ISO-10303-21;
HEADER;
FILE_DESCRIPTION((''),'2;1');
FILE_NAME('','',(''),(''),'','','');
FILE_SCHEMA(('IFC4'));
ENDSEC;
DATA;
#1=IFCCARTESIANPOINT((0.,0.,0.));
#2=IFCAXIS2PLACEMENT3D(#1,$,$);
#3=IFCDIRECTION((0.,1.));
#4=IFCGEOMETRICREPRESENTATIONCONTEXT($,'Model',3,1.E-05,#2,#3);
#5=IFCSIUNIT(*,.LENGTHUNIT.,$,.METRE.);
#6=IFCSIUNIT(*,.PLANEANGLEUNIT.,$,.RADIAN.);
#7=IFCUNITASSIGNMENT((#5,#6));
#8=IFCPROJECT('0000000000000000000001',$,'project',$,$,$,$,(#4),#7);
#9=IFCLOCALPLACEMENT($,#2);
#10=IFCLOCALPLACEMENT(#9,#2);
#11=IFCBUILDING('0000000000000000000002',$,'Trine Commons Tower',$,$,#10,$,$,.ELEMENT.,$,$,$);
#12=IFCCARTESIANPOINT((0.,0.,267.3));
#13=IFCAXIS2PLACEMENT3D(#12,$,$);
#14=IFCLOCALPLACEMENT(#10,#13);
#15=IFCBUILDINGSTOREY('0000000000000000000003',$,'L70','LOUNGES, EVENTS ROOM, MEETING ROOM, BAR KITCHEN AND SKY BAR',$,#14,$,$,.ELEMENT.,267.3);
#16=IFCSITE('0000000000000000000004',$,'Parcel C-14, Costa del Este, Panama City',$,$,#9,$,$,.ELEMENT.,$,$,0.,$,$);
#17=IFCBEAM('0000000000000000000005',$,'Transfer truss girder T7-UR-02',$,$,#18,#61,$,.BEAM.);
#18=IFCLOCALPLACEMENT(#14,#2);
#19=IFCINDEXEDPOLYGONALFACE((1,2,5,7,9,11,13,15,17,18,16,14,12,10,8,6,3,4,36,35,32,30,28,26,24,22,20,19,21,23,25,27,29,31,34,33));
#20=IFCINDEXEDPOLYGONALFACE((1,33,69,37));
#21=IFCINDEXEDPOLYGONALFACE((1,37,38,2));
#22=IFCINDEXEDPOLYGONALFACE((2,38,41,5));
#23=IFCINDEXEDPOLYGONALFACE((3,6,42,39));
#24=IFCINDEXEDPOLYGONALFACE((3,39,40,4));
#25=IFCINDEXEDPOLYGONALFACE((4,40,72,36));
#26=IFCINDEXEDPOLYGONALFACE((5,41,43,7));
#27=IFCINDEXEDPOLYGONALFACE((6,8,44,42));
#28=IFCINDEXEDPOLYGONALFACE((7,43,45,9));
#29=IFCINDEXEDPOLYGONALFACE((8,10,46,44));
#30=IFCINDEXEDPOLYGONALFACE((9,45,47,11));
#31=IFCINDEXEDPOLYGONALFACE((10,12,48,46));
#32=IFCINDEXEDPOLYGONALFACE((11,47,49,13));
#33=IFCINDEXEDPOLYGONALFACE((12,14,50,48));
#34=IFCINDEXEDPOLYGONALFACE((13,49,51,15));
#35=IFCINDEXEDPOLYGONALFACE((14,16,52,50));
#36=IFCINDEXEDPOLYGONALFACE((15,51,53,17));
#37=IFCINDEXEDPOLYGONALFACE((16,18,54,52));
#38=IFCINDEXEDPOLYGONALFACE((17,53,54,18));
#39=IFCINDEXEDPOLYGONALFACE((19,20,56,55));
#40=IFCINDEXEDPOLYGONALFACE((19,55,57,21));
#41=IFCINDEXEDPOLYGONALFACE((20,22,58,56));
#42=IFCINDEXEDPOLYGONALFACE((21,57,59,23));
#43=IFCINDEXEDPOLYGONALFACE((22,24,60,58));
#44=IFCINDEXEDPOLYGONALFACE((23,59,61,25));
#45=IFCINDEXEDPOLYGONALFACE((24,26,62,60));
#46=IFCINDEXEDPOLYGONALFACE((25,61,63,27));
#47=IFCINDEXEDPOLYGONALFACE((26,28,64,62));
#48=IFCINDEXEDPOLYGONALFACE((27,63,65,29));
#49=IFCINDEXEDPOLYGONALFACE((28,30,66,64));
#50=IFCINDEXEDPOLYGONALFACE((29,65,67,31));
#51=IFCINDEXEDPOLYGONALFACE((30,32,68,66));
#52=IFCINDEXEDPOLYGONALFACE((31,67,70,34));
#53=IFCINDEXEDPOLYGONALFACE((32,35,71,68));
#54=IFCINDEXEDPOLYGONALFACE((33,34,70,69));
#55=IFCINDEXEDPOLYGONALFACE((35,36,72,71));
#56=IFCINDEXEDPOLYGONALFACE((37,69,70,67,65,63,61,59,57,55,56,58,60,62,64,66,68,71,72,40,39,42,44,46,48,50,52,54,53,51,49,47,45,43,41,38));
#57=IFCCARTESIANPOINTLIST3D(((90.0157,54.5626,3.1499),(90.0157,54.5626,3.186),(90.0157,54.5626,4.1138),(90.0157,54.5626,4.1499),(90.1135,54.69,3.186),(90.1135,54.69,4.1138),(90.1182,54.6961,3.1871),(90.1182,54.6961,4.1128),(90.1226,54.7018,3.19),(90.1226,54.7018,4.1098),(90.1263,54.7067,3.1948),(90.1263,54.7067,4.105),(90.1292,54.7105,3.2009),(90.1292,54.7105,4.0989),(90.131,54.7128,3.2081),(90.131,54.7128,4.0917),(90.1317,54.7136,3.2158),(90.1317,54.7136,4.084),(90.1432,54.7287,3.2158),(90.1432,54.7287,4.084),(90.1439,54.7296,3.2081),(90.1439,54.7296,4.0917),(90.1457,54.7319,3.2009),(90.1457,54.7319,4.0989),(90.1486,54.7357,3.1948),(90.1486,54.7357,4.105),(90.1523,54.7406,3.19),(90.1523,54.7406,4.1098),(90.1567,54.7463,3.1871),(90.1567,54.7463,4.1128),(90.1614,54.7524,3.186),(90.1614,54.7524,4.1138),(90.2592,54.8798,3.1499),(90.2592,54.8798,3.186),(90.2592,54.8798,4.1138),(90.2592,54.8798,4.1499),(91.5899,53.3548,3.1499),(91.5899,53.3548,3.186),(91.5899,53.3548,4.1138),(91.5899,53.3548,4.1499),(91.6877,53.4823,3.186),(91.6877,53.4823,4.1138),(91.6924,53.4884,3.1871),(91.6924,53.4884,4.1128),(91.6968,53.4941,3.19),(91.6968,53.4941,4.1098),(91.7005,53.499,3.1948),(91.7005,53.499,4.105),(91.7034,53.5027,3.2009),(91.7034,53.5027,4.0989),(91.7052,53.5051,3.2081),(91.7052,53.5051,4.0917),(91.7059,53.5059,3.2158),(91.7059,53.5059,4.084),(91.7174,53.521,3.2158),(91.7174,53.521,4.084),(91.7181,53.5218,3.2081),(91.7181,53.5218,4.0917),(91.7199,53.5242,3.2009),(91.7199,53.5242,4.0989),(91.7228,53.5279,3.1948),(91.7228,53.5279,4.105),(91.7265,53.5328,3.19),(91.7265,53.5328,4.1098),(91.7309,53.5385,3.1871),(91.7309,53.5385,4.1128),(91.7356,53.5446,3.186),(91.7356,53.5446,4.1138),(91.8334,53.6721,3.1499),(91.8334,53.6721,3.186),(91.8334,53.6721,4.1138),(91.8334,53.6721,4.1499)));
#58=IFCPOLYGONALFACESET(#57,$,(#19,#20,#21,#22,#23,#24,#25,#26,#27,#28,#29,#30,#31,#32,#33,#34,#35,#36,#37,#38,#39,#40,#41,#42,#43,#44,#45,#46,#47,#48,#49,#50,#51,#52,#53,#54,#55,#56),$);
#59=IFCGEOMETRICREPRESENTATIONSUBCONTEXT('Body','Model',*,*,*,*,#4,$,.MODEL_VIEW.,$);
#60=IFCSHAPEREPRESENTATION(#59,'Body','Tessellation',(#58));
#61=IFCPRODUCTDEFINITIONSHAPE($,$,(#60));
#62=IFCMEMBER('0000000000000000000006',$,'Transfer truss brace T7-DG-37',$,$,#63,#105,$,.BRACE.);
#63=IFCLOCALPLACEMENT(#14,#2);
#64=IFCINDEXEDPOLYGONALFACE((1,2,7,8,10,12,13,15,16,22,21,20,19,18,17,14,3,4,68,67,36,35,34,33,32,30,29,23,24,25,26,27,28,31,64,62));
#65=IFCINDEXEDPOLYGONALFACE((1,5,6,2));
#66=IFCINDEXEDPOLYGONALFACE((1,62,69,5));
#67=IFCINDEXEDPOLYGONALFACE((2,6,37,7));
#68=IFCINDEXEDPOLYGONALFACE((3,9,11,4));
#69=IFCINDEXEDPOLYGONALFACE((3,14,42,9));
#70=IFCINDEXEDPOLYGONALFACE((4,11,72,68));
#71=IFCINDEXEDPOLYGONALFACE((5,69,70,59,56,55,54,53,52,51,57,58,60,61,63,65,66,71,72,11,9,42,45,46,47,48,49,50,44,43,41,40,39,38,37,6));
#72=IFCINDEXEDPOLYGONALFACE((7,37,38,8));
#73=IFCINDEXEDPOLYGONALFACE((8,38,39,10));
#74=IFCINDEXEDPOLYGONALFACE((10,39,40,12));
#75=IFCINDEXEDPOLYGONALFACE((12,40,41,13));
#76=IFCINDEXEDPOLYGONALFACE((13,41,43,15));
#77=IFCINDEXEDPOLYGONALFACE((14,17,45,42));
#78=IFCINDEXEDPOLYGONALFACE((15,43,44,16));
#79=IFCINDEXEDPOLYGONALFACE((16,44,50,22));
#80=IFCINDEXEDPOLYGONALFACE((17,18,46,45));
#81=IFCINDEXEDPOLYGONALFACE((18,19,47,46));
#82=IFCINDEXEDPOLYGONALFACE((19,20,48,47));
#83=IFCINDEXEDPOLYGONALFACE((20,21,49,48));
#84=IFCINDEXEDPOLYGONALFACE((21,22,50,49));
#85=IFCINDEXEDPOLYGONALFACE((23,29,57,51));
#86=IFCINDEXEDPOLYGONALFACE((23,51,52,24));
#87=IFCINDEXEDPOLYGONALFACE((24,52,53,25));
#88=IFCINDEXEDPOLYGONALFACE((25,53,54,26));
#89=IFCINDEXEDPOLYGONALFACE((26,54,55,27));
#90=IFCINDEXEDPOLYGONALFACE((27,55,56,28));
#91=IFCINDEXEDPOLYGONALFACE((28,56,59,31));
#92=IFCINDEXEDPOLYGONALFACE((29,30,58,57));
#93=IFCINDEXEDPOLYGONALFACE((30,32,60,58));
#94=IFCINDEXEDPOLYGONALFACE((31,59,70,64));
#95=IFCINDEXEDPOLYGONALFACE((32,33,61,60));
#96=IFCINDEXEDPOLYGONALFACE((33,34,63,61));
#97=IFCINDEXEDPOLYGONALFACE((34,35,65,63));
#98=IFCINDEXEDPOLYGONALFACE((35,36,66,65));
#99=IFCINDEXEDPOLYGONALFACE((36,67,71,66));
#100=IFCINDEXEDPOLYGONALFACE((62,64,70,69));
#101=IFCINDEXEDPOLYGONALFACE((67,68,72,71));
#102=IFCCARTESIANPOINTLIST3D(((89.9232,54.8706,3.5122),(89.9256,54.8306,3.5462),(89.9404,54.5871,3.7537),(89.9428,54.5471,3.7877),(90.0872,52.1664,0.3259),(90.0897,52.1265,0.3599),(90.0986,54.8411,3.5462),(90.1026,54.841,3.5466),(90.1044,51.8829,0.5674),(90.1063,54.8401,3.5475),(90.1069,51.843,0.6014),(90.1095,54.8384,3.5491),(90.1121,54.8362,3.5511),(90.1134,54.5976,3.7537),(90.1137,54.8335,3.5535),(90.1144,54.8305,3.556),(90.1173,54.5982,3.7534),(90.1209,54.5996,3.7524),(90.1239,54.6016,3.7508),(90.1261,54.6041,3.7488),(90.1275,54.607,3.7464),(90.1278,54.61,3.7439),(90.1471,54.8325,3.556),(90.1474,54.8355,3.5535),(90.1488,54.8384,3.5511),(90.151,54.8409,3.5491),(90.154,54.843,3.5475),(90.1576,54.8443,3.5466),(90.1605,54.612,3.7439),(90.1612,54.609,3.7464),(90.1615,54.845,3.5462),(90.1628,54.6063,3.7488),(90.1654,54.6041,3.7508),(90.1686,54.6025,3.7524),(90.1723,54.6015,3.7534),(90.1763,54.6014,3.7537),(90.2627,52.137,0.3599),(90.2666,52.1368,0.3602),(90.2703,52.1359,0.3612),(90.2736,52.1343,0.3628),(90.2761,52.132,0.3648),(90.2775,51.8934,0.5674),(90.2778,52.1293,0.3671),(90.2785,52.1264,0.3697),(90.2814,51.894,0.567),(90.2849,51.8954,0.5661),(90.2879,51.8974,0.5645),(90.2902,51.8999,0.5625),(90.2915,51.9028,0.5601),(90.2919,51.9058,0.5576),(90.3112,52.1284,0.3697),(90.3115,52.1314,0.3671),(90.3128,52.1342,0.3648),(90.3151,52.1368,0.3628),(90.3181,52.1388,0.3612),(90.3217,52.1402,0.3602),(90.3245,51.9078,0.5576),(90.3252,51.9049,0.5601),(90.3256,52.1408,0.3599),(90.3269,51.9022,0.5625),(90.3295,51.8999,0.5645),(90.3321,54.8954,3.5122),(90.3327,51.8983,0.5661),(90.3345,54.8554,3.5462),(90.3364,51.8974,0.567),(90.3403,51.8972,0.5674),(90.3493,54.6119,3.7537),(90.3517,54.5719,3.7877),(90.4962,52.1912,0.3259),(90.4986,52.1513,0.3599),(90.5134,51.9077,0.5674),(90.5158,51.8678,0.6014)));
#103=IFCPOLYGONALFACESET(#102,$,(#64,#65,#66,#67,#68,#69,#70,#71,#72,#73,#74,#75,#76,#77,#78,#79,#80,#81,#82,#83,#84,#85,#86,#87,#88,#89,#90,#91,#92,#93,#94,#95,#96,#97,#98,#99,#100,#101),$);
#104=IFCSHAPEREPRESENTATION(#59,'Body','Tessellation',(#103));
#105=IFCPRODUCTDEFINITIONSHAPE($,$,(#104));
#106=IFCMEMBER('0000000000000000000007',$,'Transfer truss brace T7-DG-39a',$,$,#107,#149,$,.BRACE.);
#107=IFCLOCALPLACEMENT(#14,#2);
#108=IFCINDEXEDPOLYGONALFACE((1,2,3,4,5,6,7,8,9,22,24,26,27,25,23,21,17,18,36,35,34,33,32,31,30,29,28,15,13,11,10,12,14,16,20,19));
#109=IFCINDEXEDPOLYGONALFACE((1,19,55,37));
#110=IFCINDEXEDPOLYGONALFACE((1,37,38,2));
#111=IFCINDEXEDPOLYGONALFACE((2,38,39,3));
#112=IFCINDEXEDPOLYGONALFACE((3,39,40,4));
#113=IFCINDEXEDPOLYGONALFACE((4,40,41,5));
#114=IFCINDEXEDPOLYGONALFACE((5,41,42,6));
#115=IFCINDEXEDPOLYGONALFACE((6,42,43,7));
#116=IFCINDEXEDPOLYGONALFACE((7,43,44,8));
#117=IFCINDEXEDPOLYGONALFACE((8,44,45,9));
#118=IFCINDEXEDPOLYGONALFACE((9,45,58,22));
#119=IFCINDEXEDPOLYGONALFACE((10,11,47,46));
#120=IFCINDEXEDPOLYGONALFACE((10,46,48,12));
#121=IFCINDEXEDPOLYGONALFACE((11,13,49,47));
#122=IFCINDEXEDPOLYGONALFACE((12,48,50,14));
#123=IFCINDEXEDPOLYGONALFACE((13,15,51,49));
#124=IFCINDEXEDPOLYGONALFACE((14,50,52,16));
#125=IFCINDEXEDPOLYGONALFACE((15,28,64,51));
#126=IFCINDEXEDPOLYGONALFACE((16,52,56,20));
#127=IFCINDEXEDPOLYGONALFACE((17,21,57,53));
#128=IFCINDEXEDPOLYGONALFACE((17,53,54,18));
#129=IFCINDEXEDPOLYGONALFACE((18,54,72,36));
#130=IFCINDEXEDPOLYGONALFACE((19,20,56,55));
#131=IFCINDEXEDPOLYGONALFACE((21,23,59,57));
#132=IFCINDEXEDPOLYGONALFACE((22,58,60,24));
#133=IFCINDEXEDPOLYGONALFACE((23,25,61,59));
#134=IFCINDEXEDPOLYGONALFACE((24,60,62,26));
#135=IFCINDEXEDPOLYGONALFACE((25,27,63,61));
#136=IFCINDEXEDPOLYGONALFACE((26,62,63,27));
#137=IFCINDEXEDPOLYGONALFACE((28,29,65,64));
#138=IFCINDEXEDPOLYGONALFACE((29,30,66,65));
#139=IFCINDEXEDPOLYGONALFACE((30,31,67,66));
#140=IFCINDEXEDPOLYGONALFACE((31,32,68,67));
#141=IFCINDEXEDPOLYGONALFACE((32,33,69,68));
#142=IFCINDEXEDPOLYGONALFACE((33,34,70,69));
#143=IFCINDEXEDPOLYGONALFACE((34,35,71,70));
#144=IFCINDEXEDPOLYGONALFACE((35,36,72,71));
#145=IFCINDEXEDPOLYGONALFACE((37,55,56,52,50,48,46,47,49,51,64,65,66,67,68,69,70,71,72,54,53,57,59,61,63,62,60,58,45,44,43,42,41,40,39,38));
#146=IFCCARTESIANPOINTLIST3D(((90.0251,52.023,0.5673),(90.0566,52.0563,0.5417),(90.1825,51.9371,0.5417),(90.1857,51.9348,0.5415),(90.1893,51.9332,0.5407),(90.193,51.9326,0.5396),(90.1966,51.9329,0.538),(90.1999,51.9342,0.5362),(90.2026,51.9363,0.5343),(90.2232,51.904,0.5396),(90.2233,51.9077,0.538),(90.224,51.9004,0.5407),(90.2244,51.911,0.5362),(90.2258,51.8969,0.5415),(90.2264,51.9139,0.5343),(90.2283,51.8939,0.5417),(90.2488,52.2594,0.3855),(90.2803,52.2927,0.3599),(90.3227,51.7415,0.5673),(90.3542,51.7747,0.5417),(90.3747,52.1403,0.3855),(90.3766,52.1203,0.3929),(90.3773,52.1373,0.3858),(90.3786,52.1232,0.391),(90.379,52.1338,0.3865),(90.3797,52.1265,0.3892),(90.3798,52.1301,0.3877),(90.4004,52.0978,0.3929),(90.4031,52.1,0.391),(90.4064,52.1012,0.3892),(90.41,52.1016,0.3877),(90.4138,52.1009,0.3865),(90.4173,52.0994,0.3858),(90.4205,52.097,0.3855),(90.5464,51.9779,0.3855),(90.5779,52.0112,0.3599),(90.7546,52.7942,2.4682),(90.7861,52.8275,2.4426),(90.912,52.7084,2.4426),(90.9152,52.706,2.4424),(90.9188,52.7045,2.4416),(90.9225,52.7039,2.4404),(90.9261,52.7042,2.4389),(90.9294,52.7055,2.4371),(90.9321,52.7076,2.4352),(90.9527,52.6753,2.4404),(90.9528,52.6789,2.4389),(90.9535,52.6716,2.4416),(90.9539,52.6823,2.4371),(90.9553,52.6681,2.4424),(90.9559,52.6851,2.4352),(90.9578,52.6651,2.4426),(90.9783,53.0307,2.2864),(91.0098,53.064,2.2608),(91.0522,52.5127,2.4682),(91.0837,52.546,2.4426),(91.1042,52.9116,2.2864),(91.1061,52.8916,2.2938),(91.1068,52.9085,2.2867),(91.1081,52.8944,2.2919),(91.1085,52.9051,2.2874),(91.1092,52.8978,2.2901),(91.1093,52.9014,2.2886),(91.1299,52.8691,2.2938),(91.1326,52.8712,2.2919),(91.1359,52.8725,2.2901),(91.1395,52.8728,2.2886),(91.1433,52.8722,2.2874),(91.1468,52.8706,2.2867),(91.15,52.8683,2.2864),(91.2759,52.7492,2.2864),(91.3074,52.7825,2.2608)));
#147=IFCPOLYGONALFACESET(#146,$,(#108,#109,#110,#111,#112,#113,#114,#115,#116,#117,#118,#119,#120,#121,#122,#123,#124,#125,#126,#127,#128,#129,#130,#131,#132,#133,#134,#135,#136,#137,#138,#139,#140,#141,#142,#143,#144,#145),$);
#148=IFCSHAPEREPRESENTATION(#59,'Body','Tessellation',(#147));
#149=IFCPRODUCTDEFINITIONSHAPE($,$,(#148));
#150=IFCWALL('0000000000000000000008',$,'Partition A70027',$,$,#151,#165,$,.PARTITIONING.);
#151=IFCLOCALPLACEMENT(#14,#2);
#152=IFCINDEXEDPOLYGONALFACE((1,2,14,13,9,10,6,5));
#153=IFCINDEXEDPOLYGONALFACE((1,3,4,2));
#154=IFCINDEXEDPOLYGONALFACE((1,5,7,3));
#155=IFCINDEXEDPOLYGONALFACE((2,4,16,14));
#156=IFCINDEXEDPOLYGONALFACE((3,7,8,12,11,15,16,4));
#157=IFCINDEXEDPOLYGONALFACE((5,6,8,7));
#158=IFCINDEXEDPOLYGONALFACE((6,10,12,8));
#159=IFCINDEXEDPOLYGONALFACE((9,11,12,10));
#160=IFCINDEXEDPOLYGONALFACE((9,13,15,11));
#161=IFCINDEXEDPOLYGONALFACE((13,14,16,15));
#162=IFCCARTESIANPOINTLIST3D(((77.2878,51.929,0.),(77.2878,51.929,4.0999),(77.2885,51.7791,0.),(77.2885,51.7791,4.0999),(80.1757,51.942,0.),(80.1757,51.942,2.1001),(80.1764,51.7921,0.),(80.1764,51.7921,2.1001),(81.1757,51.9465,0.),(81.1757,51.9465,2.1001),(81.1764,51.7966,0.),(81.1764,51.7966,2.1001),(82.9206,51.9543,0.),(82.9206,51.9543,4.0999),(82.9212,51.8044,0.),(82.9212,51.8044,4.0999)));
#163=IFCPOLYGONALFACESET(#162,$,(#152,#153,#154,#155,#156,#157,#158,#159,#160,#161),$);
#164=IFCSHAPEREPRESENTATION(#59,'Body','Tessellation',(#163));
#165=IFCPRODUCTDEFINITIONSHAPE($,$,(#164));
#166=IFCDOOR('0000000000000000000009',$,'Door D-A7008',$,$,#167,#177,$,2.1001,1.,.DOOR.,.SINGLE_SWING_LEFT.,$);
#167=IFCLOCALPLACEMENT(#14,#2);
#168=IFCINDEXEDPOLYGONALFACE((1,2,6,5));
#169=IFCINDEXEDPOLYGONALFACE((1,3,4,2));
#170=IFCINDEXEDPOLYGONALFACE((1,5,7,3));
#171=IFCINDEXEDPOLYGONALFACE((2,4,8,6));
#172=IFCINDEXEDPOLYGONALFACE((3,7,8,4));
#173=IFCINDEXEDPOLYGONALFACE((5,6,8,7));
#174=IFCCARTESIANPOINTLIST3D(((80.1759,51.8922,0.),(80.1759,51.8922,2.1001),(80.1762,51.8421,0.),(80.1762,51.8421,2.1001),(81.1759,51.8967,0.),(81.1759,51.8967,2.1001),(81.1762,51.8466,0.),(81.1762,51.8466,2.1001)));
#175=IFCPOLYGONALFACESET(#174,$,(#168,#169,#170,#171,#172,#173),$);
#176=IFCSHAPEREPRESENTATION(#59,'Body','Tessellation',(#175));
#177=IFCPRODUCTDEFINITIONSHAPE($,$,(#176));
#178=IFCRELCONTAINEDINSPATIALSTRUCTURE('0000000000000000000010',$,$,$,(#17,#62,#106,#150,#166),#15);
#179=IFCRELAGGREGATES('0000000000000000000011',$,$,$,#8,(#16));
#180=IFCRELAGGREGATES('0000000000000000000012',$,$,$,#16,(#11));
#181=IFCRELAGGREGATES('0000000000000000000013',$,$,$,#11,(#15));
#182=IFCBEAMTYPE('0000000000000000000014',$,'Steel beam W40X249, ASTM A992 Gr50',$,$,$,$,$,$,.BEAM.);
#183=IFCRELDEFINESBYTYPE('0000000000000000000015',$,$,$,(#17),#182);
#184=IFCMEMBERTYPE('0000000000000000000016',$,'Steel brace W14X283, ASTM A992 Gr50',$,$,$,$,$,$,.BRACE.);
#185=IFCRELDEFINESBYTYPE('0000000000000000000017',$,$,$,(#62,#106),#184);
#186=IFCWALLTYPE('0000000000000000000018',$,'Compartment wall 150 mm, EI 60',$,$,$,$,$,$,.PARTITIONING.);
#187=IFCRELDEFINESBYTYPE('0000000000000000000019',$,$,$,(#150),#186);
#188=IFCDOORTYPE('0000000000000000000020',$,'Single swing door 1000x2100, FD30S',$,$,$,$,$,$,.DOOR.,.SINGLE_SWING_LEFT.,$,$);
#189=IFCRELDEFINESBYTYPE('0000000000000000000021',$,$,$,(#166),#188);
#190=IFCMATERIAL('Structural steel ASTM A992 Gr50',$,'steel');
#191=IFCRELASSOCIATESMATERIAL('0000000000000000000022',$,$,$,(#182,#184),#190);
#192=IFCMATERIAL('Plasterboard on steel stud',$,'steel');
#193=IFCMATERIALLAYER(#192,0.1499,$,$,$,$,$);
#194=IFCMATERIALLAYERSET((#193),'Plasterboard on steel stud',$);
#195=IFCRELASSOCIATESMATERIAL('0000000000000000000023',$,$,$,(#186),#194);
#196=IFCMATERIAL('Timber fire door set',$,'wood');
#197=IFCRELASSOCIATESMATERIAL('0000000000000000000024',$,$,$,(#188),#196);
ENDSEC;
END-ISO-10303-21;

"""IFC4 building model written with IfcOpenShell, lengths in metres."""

from ifc_helpers import new_model, si_unit, direction, frame, frame_2d, origin, origin_2d, place, context, subcontext, project, spatial, rectangle, i_section, extrude, material, layer, layer_set, material_profile, profile_set, type_object, element, fill, save


model = new_model("IFC4")

# Units and contexts
model_context = context("Model", 3, precision=1e-05, world=origin(), true_north=direction((0.0, 1.0)))
body_context = subcontext(model_context, "Body", "Model", "MODEL_VIEW")
ifc_project = project(units=[si_unit("LENGTHUNIT", "METRE"), si_unit("PLANEANGLEUNIT", "RADIAN")], contexts=[model_context])

# Site, building, storey
site_placement = place(None, origin())
site = spatial("IfcSite", under=ifc_project, at=site_placement, Name="Parcel C-14, Costa del Este, Panama City", CompositionType="ELEMENT", RefElevation=0.0)
building_placement = place(site_placement, origin())
building = spatial("IfcBuilding", under=site, at=building_placement, Name="Trine Commons Tower", CompositionType="ELEMENT")
storey_placement = place(building_placement, frame((0.0, 0.0, 267.3)))
storey = spatial("IfcBuildingStorey", under=building, at=storey_placement, Name="L70", Description="LOUNGES, EVENTS ROOM, MEETING ROOM, BAR KITCHEN AND SKY BAR", CompositionType="ELEMENT", Elevation=267.3)

# Beam
ifc_material_1 = material(Name="Structural steel ASTM A992 Gr50", Category="steel")
ifc_material_profile_1 = material_profile(ifc_material_1, i_section(OverallWidth=0.3999, OverallDepth=1.0, WebThickness=0.019, FlangeThickness=0.0361, FilletRadius=0.0298, at=origin_2d()), Name="W40X249")
ifc_profile_set_1 = profile_set([ifc_material_profile_1], Name="Structural steel ASTM A992 Gr50")
beam_type = type_object("IfcBeamType", Name="Steel beam W40X249, ASTM A992 Gr50", PredefinedType="BEAM", material=ifc_profile_set_1)
beam_placement = place(storey_placement, frame((90.1375, 54.7212, 3.6499), z_axis=(0.793396, -0.608705, 0.0), x_axis=(0.608705, 0.793396, 0.0)))
element("IfcBeam", 1, at=beam_placement, inside=storey, type_object=beam_type, Name="Transfer truss girder T7-UR-02", PredefinedType="BEAM", context=body_context, shape_type="SweptSolid", body=[
    extrude(i_section(OverallWidth=0.3999, OverallDepth=1.0, WebThickness=0.019, FlangeThickness=0.0361, FilletRadius=0.0298, at=origin_2d()), origin(), (0.0, 0.0, 1.0), 1.9841),
])

# Members
ifc_material_profile_2 = material_profile(ifc_material_1, i_section(OverallWidth=0.4097, OverallDepth=0.4253, WebThickness=0.0327, FlangeThickness=0.0525, FilletRadius=0.0151, at=origin_2d()), Name="W14X283")
ifc_profile_set_2 = profile_set([ifc_material_profile_2], Name="Structural steel ASTM A992 Gr50")
member_type = type_object("IfcMemberType", Name="Steel brace W14X283, ASTM A992 Gr50", PredefinedType="BRACE", material=ifc_profile_set_2)
member_1_placement = place(storey_placement, frame((90.3015, 52.0171, 0.4636), z_axis=(-0.039228, 0.646562, 0.761852), x_axis=(-0.998165, -0.06056, 0.0)))
element("IfcMember", 2, at=member_1_placement, inside=storey, type_object=member_type, Name="Transfer truss brace T7-DG-37", PredefinedType="BRACE", context=body_context, shape_type="SweptSolid", body=[
    extrude(i_section(OverallWidth=0.4097, OverallDepth=0.4253, WebThickness=0.0327, FlangeThickness=0.0525, FilletRadius=0.0151, at=origin_2d()), origin(), (0.0, 0.0, 1.0), 4.1824),
])
member_2_placement = place(storey_placement, frame((90.3015, 52.0171, 0.4636), z_axis=(0.335056, 0.354231, 0.873074), x_axis=(-0.726496, 0.68717, 0.0)))
element("IfcMember", 3, at=member_2_placement, inside=storey, type_object=member_type, Name="Transfer truss brace T7-DG-39a", PredefinedType="BRACE", context=body_context, shape_type="SweptSolid", body=[
    extrude(i_section(OverallWidth=0.4097, OverallDepth=0.4253, WebThickness=0.0327, FlangeThickness=0.0525, FilletRadius=0.0151, at=origin_2d()), origin(), (0.0, 0.0, 1.0), 2.1772),
])

# Wall, opening, door
ifc_material_2 = material(Name="Plasterboard on steel stud", Category="steel")
ifc_layer_1 = layer(ifc_material_2, 0.1499)
ifc_layer_set_1 = layer_set([ifc_layer_1], Name="Plasterboard on steel stud")
wall_type_1 = type_object("IfcWallType", Name="Compartment wall 150 mm, EI 60", PredefinedType="PARTITIONING", material=ifc_layer_set_1)
wall_1_placement = place(storey_placement, frame((82.9209, 51.8794, 0.0), z_axis=(0.0, 0.0, 1.0), x_axis=(-0.99999, -0.004508, 0.0)))
wall_1 = element("IfcWall", 4, at=wall_1_placement, inside=storey, type_object=wall_type_1, Name="Partition A70027", PredefinedType="PARTITIONING", context=body_context, shape_type="SweptSolid", body=[
    extrude(rectangle(XDim=5.6328, YDim=0.1499, at=frame_2d((2.8164, 0.0))), origin(), (0.0, 0.0, 1.0), 4.0999),
])
opening_1_placement = place(wall_1_placement, frame((1.7449, 0.0, 0.0)))
opening_1 = element("IfcOpeningElement", 5, at=opening_1_placement, cuts=wall_1, PredefinedType="OPENING", context=body_context, shape_type="SweptSolid", body=[
    extrude(rectangle(XDim=1.0, YDim=2.1001, at=frame_2d((0.5, 1.05))), frame((0.0, 0.085, 0.0), z_axis=(0.0, -1.0, 0.0), x_axis=(1.0, 0.0, 0.0)), (0.0, 0.0, 1.0), 0.1699),
])
ifc_material_3 = material(Name="Timber fire door set", Category="wood")
door_type_1 = type_object("IfcDoorType", Name="Single swing door 1000x2100, FD30S", OperationType="SINGLE_SWING_LEFT", PredefinedType="DOOR", material=ifc_material_3)
door_1_placement = place(opening_1_placement, origin())
door_1 = element("IfcDoor", 6, at=door_1_placement, inside=storey, type_object=door_type_1, Name="Door D-A7008", OperationType="SINGLE_SWING_LEFT", OverallHeight=2.1001, OverallWidth=1.0, PredefinedType="DOOR", context=body_context, shape_type="SweptSolid", body=[
    extrude(rectangle(XDim=1.0, YDim=2.1001, at=frame_2d((0.5, 1.05))), frame((0.0, 0.0249, 0.0), z_axis=(0.0, -1.0, 0.0), x_axis=(1.0, 0.0, 0.0)), (0.0, 0.0, 1.0), 0.05),
])
fill(opening_1, door_1)

save(model, "model.ifc")
